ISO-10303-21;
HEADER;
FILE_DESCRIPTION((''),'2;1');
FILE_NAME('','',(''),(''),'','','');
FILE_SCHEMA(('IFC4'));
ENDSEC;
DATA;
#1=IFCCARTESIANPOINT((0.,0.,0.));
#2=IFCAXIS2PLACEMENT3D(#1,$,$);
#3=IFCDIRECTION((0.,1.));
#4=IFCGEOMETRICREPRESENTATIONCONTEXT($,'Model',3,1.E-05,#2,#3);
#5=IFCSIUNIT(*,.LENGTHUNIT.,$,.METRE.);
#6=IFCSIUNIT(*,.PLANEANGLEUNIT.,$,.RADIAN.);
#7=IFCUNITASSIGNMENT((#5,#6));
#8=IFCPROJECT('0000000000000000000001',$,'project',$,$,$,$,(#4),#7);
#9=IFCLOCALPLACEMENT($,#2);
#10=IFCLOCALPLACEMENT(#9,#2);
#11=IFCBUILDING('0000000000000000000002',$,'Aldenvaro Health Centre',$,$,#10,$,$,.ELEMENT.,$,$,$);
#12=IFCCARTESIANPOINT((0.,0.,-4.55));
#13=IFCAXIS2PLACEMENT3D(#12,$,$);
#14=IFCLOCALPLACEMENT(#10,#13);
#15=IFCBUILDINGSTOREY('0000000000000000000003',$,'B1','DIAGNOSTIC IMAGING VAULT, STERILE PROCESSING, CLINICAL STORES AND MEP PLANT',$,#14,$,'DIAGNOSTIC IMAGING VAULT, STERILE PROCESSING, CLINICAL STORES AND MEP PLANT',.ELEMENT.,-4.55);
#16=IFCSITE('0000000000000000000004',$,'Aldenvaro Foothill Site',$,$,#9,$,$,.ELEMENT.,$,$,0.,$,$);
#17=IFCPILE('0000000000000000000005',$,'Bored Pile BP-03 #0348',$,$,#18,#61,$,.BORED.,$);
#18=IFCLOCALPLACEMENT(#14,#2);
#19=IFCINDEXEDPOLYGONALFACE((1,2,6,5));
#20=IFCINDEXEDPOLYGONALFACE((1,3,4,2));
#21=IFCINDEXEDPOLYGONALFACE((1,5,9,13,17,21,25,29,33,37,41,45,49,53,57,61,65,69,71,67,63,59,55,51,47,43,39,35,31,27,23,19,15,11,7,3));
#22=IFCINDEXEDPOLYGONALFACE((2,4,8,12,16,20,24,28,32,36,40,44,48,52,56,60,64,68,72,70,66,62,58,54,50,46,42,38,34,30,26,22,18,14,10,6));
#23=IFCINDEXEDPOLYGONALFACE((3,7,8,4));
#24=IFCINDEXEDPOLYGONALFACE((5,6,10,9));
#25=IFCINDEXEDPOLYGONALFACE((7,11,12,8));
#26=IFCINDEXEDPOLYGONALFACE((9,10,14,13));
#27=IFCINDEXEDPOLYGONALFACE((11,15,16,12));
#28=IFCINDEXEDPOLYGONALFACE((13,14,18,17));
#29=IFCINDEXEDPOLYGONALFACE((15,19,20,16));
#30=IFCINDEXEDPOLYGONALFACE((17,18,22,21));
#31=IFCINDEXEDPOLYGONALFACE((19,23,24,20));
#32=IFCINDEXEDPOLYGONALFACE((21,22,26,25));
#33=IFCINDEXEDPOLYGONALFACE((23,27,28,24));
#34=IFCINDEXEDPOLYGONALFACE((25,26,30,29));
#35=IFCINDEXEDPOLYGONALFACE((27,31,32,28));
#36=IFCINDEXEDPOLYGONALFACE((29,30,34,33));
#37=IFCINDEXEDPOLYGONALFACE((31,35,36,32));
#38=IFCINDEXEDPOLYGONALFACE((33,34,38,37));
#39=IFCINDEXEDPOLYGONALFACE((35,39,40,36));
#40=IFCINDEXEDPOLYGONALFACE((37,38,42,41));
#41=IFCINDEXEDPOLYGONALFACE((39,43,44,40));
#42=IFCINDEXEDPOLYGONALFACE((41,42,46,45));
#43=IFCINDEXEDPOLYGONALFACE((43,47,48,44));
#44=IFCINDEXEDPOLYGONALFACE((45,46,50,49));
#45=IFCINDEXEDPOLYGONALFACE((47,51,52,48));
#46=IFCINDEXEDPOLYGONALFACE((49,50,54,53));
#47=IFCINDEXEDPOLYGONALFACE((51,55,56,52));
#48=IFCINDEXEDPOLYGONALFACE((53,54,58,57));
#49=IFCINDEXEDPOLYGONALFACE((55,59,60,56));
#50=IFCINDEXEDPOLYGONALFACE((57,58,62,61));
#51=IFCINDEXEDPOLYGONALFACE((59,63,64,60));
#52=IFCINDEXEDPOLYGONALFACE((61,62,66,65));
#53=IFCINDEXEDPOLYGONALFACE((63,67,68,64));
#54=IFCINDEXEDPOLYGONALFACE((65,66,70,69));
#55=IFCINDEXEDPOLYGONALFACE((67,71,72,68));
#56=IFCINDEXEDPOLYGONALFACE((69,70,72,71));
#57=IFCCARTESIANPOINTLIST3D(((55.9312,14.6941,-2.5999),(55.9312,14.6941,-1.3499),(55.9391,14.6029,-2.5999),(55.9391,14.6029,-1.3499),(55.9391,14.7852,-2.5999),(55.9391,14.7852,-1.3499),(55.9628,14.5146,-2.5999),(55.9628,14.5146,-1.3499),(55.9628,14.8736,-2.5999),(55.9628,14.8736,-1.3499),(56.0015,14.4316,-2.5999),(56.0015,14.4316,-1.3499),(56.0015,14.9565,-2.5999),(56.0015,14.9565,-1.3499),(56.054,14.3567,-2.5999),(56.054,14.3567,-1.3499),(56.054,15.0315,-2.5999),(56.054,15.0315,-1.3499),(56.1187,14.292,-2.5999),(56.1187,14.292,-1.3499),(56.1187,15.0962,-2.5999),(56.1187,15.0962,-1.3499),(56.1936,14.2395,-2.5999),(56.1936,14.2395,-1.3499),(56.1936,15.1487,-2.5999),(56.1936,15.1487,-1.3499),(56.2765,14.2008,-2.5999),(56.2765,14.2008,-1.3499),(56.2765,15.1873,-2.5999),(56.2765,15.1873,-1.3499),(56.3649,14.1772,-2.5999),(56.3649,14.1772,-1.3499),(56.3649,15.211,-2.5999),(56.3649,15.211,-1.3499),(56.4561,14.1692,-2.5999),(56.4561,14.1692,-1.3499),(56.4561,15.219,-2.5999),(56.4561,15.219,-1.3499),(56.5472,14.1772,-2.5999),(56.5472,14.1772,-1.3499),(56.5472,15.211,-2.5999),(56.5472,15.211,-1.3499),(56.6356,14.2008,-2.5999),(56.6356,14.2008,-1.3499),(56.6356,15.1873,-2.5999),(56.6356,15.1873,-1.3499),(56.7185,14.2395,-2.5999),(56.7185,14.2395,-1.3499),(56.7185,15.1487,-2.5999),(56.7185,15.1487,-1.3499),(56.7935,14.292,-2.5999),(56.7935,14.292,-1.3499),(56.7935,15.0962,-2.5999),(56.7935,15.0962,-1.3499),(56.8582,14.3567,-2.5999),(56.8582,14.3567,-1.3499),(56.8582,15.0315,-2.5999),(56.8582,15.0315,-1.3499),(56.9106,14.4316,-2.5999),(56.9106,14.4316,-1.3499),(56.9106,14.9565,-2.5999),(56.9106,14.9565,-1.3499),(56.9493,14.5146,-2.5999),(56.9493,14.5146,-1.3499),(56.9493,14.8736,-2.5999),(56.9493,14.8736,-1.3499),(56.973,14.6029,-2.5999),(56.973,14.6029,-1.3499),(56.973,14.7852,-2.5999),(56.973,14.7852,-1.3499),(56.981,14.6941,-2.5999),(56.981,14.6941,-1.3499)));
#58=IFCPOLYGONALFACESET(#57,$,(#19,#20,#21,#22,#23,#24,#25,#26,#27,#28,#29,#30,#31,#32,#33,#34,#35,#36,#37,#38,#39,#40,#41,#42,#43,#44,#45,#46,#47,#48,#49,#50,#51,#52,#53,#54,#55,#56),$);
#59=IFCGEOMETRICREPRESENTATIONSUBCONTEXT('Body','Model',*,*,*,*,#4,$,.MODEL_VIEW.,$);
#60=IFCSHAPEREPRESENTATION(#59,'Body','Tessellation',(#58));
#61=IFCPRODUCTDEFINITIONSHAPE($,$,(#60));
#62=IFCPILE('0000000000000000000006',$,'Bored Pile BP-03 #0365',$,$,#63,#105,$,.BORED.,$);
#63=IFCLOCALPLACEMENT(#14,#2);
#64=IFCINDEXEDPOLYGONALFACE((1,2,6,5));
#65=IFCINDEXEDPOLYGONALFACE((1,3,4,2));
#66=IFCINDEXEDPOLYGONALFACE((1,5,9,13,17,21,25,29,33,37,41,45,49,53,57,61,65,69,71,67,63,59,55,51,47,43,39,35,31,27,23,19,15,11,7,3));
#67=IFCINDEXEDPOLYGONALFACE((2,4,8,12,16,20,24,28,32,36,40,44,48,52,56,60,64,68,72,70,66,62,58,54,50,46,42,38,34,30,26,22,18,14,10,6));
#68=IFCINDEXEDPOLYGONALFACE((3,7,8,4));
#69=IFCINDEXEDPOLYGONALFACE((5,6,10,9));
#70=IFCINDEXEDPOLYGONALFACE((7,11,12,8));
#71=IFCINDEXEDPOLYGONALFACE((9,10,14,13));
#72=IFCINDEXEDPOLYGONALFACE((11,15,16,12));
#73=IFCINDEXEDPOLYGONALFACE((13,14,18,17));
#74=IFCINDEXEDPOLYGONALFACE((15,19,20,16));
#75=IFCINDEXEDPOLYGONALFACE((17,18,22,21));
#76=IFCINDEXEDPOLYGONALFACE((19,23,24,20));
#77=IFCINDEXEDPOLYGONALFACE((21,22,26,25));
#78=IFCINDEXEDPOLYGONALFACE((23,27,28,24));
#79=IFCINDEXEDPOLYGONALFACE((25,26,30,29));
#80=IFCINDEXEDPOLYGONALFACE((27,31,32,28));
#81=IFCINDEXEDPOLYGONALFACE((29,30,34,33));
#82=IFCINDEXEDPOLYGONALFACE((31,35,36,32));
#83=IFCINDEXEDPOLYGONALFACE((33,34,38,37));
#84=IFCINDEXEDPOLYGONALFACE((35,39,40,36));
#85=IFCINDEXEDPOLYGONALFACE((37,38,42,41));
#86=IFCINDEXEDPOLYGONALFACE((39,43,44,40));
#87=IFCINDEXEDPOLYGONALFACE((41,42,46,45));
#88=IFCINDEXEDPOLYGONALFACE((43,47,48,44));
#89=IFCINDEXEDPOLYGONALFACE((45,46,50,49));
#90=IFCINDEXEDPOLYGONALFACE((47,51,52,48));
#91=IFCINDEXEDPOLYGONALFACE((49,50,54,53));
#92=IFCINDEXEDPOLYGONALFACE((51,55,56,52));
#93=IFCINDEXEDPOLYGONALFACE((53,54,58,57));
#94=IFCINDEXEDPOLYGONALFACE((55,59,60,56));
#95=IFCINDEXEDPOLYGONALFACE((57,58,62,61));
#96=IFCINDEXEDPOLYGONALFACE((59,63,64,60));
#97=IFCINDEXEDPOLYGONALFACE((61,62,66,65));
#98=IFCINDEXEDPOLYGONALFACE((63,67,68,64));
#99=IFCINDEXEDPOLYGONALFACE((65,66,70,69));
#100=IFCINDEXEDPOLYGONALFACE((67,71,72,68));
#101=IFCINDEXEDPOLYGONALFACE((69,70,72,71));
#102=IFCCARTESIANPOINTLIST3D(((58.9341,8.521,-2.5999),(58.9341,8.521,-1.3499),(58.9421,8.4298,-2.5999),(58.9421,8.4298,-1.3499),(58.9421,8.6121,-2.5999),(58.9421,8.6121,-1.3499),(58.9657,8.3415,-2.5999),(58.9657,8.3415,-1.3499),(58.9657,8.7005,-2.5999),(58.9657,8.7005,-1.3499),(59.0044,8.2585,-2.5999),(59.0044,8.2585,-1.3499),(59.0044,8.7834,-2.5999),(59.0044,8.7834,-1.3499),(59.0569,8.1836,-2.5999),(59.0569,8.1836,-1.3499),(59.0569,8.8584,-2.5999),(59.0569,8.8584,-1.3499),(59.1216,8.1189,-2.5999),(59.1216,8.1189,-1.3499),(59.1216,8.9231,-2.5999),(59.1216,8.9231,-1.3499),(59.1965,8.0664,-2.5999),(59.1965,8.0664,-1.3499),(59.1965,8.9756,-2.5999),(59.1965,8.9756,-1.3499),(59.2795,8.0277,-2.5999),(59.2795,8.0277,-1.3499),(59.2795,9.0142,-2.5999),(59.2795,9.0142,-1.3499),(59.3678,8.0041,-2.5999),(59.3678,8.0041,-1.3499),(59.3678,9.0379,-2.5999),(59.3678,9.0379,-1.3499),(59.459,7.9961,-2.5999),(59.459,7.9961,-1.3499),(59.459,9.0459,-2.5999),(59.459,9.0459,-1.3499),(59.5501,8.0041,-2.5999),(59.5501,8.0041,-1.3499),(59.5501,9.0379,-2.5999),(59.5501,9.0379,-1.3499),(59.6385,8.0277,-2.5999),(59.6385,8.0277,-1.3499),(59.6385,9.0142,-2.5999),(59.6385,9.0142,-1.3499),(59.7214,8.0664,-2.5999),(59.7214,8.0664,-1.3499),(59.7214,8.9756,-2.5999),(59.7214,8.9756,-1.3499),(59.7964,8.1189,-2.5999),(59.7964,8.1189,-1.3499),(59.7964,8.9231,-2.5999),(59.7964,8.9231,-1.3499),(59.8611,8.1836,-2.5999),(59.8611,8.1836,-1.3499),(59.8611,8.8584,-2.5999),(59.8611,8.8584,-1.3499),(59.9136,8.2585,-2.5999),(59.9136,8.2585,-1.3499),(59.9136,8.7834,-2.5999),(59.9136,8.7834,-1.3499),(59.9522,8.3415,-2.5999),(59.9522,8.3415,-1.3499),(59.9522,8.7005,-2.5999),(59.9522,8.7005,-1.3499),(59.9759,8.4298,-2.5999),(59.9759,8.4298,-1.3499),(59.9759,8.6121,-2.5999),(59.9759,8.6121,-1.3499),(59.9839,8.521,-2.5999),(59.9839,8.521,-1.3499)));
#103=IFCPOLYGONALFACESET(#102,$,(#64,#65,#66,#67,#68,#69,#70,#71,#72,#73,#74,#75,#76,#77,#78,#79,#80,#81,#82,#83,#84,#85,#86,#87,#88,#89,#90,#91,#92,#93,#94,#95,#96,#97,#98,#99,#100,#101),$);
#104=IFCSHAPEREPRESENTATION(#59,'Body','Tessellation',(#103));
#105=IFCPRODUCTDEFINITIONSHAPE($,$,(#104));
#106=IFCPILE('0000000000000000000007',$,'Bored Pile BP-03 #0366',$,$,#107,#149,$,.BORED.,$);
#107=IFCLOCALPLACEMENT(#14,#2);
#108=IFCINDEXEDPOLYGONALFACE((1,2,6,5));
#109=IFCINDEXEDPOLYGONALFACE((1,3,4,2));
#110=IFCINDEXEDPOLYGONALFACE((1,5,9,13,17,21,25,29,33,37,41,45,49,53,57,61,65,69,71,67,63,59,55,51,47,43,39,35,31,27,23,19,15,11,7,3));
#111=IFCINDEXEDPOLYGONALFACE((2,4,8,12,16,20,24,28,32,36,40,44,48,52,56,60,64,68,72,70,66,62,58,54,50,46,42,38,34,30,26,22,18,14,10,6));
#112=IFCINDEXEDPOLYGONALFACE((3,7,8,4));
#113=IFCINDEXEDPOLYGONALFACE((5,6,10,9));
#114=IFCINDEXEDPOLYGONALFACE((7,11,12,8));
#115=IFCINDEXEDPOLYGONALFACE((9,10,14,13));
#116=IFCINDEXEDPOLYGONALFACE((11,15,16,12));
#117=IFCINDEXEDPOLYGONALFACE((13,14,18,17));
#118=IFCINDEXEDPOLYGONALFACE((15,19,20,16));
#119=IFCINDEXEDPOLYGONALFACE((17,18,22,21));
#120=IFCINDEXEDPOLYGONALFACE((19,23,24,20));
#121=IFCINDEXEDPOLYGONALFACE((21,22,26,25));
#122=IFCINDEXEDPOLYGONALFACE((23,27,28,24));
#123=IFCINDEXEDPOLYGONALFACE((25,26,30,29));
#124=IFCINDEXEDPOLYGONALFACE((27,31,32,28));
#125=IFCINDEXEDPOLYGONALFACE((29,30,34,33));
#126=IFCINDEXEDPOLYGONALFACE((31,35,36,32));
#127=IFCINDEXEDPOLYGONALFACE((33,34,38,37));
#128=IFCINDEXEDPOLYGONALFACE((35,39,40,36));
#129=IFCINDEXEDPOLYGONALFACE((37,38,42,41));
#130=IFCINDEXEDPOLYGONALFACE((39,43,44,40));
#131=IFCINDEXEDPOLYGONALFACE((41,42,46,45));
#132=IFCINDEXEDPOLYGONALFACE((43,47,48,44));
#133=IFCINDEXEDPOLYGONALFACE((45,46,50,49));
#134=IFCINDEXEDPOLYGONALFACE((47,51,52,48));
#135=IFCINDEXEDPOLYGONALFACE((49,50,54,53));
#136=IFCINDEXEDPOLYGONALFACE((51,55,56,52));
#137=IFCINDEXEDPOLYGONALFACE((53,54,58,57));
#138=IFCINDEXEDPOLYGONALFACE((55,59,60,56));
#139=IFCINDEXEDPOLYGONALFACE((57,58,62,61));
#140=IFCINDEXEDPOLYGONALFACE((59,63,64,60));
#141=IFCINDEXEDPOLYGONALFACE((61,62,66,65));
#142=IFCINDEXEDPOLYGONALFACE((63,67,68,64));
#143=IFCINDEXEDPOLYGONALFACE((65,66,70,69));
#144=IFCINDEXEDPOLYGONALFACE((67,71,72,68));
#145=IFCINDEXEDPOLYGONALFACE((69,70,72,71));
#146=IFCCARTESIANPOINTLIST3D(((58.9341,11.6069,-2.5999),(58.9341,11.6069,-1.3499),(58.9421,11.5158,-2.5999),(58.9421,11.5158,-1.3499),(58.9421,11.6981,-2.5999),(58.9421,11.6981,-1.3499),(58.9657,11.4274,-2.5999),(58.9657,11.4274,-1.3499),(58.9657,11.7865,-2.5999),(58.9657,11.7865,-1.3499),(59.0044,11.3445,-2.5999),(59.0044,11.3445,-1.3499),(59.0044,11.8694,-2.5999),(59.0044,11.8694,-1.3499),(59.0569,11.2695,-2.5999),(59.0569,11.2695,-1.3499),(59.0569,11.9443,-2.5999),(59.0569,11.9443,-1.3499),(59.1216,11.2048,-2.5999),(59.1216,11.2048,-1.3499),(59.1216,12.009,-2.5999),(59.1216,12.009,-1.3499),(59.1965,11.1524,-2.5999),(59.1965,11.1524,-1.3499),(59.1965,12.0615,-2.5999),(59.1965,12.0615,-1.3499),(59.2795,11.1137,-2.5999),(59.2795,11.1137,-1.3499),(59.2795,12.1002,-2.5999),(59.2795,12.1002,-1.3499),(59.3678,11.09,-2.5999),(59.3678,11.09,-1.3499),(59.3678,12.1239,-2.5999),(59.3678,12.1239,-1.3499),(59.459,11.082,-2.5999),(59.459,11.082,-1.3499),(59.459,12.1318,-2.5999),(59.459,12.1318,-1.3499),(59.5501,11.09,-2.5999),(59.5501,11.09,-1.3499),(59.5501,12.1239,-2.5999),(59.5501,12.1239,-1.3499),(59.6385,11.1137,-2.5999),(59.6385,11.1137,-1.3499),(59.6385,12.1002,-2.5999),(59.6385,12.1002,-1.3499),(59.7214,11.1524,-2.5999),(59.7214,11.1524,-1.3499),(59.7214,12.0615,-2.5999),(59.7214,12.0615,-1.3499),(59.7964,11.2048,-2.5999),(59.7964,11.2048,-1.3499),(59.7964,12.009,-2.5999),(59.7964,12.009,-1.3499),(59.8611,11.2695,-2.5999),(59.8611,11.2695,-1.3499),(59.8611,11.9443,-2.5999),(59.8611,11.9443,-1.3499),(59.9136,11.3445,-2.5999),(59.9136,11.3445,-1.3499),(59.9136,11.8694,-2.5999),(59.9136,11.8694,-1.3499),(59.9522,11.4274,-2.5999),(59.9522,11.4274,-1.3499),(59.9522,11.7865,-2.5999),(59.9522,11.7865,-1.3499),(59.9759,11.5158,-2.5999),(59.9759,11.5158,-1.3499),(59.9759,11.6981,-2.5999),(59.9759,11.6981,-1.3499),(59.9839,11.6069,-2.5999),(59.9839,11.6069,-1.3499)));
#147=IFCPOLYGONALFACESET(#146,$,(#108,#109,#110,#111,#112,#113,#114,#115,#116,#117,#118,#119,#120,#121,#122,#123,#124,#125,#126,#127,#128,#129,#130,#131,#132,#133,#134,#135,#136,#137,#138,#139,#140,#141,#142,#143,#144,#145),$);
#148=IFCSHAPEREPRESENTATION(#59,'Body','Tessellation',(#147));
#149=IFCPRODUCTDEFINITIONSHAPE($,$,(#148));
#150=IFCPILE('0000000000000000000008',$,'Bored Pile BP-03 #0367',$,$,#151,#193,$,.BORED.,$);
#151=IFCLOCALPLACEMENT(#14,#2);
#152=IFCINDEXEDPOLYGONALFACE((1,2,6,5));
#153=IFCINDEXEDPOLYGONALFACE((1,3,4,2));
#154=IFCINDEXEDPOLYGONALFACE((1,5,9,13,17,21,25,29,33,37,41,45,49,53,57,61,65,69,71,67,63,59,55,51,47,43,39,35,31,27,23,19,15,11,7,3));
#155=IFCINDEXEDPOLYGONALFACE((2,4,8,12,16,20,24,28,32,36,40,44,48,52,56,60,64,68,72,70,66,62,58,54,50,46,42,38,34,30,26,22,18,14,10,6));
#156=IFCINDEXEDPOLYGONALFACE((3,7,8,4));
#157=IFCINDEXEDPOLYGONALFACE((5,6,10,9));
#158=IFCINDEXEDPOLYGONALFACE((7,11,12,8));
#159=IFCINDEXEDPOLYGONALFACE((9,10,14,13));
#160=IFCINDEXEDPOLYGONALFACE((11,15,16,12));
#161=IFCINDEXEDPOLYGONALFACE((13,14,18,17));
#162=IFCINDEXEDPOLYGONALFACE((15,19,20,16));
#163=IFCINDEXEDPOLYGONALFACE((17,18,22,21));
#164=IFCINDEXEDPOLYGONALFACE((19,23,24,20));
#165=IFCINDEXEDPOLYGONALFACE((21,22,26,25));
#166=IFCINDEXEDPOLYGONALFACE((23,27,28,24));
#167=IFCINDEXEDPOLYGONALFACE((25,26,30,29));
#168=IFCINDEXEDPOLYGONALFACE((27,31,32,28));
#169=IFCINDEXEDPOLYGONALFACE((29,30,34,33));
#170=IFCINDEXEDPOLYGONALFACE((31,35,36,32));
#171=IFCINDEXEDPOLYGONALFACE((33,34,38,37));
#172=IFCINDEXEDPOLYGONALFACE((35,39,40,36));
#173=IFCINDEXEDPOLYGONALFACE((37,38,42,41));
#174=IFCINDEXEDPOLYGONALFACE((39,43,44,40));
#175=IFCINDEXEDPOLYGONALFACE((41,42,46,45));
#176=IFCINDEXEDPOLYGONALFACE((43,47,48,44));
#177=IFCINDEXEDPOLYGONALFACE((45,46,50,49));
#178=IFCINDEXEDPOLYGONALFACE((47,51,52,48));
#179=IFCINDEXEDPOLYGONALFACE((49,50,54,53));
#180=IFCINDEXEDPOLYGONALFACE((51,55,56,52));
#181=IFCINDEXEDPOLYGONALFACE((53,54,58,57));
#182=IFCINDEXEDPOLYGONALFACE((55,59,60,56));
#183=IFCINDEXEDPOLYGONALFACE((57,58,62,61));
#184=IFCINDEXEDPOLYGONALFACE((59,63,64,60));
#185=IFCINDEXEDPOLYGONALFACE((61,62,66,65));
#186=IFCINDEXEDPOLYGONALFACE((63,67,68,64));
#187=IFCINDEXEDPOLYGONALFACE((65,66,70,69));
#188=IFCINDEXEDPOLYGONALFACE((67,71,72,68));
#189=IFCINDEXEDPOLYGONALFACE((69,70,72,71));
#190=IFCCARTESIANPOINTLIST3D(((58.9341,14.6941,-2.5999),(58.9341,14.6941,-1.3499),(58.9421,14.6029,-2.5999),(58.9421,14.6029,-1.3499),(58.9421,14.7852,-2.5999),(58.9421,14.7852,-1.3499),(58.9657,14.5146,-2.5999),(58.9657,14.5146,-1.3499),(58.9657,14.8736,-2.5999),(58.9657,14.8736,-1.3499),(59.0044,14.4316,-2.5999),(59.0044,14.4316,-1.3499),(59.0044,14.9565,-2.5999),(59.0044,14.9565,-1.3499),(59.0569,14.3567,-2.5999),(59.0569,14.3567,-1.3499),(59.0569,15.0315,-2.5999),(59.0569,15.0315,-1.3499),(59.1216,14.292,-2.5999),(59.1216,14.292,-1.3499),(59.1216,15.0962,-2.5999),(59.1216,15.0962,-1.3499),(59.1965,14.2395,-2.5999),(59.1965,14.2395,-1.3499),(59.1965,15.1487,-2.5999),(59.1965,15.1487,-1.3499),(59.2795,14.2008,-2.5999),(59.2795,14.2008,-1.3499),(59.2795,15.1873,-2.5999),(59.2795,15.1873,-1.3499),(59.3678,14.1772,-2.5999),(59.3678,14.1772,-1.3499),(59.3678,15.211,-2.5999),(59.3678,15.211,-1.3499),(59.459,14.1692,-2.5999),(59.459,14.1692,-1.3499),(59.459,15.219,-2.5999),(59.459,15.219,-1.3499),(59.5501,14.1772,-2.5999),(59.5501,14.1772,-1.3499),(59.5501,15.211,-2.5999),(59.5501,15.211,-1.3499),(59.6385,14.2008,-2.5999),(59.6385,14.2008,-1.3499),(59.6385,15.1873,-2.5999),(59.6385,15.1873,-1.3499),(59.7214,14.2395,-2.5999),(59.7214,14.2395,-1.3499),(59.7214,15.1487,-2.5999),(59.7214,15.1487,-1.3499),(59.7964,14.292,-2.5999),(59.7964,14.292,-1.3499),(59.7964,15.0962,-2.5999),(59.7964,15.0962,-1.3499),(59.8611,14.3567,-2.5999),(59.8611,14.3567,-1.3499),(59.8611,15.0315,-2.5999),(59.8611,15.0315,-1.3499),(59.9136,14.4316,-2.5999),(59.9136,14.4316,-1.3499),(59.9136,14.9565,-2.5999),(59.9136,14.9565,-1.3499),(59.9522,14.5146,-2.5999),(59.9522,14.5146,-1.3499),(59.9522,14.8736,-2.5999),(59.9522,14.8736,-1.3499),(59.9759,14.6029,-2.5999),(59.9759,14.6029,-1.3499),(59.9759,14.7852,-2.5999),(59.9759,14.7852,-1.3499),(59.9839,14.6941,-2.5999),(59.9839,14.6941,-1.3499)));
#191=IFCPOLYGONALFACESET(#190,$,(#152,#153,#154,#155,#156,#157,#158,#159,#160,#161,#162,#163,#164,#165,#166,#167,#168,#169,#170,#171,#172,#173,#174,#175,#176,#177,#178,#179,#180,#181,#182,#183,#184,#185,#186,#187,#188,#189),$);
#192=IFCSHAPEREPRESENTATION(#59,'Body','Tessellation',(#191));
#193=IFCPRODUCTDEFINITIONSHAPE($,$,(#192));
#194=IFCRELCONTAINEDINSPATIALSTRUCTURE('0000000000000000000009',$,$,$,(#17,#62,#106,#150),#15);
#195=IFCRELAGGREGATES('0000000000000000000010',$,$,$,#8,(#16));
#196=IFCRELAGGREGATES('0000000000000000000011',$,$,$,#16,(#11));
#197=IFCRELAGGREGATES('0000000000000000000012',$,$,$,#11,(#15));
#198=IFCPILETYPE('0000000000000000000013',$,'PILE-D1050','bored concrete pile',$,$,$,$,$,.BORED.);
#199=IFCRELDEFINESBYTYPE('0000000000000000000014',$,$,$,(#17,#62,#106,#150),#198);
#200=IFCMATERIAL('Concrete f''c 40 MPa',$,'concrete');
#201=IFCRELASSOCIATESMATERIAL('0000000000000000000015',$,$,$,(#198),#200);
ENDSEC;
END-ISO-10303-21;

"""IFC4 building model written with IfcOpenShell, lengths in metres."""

from ifc_helpers import new_model, si_unit, direction, frame, origin, origin_2d, place, context, subcontext, project, spatial, circle, extrude, material, material_profile, profile_set, type_object, element, save


model = new_model("IFC4")

# Units and contexts
model_context = context("Model", 3, precision=1e-05, world=origin(), true_north=direction((0.0, 1.0)))
body_context = subcontext(model_context, "Body", "Model", "MODEL_VIEW")
ifc_project = project(units=[si_unit("LENGTHUNIT", "METRE"), si_unit("PLANEANGLEUNIT", "RADIAN")], contexts=[model_context])

# Site, building, storey
site_placement = place(None, origin())
site = spatial("IfcSite", under=ifc_project, at=site_placement, Name="Aldenvaro Foothill Site", CompositionType="ELEMENT", RefElevation=0.0)
building_placement = place(site_placement, origin())
building = spatial("IfcBuilding", under=site, at=building_placement, Name="Aldenvaro Health Centre", CompositionType="ELEMENT")
storey_placement = place(building_placement, frame((0.0, 0.0, -4.55)))
storey = spatial("IfcBuildingStorey", under=building, at=storey_placement, Name="B1", Description="DIAGNOSTIC IMAGING VAULT, STERILE PROCESSING, CLINICAL STORES AND MEP PLANT", LongName="DIAGNOSTIC IMAGING VAULT, STERILE PROCESSING, CLINICAL STORES AND MEP PLANT", CompositionType="ELEMENT", Elevation=-4.55)

# Piles
ifc_material_1 = material(Name="Concrete f'c 40 MPa", Category="concrete")
ifc_material_profile_1 = material_profile(ifc_material_1, circle(Radius=0.5249, at=origin_2d()), Name="PILE D1050", Category="concrete")
ifc_profile_set_1 = profile_set([ifc_material_profile_1], Name="Concrete f'c 40 MPa")
pile_type = type_object("IfcPileType", Name="PILE-D1050", Description="bored concrete pile", PredefinedType="BORED", material=ifc_profile_set_1)
for number, where, z_axis, x_axis, name in (
    (1, (56.4561, 14.6941, -1.3499), (0.0, 0.0, -1.0), (1.0, 0.0, 0.0), "Bored Pile BP-03 #0348"),
    (2, (59.459, 8.521, -1.3499), (0.0, 0.0, -1.0), (1.0, 0.0, 0.0), "Bored Pile BP-03 #0365"),
    (3, (59.459, 11.6069, -1.3499), (0.0, 0.0, -1.0), (1.0, 0.0, 0.0), "Bored Pile BP-03 #0366"),
    (4, (59.459, 14.6941, -1.3499), (0.0, 0.0, -1.0), (1.0, 0.0, 0.0), "Bored Pile BP-03 #0367"),
):
    element("IfcPile", number, at=place(storey_placement, frame(where, z_axis=z_axis, x_axis=x_axis)), inside=storey, type_object=pile_type, Name=name, PredefinedType="BORED", context=body_context, shape_type="SweptSolid", body=[
        extrude(circle(Radius=0.5249, at=origin_2d()), origin(), (0.0, 0.0, 1.0), 1.25),
    ])

save(model, "model.ifc")
